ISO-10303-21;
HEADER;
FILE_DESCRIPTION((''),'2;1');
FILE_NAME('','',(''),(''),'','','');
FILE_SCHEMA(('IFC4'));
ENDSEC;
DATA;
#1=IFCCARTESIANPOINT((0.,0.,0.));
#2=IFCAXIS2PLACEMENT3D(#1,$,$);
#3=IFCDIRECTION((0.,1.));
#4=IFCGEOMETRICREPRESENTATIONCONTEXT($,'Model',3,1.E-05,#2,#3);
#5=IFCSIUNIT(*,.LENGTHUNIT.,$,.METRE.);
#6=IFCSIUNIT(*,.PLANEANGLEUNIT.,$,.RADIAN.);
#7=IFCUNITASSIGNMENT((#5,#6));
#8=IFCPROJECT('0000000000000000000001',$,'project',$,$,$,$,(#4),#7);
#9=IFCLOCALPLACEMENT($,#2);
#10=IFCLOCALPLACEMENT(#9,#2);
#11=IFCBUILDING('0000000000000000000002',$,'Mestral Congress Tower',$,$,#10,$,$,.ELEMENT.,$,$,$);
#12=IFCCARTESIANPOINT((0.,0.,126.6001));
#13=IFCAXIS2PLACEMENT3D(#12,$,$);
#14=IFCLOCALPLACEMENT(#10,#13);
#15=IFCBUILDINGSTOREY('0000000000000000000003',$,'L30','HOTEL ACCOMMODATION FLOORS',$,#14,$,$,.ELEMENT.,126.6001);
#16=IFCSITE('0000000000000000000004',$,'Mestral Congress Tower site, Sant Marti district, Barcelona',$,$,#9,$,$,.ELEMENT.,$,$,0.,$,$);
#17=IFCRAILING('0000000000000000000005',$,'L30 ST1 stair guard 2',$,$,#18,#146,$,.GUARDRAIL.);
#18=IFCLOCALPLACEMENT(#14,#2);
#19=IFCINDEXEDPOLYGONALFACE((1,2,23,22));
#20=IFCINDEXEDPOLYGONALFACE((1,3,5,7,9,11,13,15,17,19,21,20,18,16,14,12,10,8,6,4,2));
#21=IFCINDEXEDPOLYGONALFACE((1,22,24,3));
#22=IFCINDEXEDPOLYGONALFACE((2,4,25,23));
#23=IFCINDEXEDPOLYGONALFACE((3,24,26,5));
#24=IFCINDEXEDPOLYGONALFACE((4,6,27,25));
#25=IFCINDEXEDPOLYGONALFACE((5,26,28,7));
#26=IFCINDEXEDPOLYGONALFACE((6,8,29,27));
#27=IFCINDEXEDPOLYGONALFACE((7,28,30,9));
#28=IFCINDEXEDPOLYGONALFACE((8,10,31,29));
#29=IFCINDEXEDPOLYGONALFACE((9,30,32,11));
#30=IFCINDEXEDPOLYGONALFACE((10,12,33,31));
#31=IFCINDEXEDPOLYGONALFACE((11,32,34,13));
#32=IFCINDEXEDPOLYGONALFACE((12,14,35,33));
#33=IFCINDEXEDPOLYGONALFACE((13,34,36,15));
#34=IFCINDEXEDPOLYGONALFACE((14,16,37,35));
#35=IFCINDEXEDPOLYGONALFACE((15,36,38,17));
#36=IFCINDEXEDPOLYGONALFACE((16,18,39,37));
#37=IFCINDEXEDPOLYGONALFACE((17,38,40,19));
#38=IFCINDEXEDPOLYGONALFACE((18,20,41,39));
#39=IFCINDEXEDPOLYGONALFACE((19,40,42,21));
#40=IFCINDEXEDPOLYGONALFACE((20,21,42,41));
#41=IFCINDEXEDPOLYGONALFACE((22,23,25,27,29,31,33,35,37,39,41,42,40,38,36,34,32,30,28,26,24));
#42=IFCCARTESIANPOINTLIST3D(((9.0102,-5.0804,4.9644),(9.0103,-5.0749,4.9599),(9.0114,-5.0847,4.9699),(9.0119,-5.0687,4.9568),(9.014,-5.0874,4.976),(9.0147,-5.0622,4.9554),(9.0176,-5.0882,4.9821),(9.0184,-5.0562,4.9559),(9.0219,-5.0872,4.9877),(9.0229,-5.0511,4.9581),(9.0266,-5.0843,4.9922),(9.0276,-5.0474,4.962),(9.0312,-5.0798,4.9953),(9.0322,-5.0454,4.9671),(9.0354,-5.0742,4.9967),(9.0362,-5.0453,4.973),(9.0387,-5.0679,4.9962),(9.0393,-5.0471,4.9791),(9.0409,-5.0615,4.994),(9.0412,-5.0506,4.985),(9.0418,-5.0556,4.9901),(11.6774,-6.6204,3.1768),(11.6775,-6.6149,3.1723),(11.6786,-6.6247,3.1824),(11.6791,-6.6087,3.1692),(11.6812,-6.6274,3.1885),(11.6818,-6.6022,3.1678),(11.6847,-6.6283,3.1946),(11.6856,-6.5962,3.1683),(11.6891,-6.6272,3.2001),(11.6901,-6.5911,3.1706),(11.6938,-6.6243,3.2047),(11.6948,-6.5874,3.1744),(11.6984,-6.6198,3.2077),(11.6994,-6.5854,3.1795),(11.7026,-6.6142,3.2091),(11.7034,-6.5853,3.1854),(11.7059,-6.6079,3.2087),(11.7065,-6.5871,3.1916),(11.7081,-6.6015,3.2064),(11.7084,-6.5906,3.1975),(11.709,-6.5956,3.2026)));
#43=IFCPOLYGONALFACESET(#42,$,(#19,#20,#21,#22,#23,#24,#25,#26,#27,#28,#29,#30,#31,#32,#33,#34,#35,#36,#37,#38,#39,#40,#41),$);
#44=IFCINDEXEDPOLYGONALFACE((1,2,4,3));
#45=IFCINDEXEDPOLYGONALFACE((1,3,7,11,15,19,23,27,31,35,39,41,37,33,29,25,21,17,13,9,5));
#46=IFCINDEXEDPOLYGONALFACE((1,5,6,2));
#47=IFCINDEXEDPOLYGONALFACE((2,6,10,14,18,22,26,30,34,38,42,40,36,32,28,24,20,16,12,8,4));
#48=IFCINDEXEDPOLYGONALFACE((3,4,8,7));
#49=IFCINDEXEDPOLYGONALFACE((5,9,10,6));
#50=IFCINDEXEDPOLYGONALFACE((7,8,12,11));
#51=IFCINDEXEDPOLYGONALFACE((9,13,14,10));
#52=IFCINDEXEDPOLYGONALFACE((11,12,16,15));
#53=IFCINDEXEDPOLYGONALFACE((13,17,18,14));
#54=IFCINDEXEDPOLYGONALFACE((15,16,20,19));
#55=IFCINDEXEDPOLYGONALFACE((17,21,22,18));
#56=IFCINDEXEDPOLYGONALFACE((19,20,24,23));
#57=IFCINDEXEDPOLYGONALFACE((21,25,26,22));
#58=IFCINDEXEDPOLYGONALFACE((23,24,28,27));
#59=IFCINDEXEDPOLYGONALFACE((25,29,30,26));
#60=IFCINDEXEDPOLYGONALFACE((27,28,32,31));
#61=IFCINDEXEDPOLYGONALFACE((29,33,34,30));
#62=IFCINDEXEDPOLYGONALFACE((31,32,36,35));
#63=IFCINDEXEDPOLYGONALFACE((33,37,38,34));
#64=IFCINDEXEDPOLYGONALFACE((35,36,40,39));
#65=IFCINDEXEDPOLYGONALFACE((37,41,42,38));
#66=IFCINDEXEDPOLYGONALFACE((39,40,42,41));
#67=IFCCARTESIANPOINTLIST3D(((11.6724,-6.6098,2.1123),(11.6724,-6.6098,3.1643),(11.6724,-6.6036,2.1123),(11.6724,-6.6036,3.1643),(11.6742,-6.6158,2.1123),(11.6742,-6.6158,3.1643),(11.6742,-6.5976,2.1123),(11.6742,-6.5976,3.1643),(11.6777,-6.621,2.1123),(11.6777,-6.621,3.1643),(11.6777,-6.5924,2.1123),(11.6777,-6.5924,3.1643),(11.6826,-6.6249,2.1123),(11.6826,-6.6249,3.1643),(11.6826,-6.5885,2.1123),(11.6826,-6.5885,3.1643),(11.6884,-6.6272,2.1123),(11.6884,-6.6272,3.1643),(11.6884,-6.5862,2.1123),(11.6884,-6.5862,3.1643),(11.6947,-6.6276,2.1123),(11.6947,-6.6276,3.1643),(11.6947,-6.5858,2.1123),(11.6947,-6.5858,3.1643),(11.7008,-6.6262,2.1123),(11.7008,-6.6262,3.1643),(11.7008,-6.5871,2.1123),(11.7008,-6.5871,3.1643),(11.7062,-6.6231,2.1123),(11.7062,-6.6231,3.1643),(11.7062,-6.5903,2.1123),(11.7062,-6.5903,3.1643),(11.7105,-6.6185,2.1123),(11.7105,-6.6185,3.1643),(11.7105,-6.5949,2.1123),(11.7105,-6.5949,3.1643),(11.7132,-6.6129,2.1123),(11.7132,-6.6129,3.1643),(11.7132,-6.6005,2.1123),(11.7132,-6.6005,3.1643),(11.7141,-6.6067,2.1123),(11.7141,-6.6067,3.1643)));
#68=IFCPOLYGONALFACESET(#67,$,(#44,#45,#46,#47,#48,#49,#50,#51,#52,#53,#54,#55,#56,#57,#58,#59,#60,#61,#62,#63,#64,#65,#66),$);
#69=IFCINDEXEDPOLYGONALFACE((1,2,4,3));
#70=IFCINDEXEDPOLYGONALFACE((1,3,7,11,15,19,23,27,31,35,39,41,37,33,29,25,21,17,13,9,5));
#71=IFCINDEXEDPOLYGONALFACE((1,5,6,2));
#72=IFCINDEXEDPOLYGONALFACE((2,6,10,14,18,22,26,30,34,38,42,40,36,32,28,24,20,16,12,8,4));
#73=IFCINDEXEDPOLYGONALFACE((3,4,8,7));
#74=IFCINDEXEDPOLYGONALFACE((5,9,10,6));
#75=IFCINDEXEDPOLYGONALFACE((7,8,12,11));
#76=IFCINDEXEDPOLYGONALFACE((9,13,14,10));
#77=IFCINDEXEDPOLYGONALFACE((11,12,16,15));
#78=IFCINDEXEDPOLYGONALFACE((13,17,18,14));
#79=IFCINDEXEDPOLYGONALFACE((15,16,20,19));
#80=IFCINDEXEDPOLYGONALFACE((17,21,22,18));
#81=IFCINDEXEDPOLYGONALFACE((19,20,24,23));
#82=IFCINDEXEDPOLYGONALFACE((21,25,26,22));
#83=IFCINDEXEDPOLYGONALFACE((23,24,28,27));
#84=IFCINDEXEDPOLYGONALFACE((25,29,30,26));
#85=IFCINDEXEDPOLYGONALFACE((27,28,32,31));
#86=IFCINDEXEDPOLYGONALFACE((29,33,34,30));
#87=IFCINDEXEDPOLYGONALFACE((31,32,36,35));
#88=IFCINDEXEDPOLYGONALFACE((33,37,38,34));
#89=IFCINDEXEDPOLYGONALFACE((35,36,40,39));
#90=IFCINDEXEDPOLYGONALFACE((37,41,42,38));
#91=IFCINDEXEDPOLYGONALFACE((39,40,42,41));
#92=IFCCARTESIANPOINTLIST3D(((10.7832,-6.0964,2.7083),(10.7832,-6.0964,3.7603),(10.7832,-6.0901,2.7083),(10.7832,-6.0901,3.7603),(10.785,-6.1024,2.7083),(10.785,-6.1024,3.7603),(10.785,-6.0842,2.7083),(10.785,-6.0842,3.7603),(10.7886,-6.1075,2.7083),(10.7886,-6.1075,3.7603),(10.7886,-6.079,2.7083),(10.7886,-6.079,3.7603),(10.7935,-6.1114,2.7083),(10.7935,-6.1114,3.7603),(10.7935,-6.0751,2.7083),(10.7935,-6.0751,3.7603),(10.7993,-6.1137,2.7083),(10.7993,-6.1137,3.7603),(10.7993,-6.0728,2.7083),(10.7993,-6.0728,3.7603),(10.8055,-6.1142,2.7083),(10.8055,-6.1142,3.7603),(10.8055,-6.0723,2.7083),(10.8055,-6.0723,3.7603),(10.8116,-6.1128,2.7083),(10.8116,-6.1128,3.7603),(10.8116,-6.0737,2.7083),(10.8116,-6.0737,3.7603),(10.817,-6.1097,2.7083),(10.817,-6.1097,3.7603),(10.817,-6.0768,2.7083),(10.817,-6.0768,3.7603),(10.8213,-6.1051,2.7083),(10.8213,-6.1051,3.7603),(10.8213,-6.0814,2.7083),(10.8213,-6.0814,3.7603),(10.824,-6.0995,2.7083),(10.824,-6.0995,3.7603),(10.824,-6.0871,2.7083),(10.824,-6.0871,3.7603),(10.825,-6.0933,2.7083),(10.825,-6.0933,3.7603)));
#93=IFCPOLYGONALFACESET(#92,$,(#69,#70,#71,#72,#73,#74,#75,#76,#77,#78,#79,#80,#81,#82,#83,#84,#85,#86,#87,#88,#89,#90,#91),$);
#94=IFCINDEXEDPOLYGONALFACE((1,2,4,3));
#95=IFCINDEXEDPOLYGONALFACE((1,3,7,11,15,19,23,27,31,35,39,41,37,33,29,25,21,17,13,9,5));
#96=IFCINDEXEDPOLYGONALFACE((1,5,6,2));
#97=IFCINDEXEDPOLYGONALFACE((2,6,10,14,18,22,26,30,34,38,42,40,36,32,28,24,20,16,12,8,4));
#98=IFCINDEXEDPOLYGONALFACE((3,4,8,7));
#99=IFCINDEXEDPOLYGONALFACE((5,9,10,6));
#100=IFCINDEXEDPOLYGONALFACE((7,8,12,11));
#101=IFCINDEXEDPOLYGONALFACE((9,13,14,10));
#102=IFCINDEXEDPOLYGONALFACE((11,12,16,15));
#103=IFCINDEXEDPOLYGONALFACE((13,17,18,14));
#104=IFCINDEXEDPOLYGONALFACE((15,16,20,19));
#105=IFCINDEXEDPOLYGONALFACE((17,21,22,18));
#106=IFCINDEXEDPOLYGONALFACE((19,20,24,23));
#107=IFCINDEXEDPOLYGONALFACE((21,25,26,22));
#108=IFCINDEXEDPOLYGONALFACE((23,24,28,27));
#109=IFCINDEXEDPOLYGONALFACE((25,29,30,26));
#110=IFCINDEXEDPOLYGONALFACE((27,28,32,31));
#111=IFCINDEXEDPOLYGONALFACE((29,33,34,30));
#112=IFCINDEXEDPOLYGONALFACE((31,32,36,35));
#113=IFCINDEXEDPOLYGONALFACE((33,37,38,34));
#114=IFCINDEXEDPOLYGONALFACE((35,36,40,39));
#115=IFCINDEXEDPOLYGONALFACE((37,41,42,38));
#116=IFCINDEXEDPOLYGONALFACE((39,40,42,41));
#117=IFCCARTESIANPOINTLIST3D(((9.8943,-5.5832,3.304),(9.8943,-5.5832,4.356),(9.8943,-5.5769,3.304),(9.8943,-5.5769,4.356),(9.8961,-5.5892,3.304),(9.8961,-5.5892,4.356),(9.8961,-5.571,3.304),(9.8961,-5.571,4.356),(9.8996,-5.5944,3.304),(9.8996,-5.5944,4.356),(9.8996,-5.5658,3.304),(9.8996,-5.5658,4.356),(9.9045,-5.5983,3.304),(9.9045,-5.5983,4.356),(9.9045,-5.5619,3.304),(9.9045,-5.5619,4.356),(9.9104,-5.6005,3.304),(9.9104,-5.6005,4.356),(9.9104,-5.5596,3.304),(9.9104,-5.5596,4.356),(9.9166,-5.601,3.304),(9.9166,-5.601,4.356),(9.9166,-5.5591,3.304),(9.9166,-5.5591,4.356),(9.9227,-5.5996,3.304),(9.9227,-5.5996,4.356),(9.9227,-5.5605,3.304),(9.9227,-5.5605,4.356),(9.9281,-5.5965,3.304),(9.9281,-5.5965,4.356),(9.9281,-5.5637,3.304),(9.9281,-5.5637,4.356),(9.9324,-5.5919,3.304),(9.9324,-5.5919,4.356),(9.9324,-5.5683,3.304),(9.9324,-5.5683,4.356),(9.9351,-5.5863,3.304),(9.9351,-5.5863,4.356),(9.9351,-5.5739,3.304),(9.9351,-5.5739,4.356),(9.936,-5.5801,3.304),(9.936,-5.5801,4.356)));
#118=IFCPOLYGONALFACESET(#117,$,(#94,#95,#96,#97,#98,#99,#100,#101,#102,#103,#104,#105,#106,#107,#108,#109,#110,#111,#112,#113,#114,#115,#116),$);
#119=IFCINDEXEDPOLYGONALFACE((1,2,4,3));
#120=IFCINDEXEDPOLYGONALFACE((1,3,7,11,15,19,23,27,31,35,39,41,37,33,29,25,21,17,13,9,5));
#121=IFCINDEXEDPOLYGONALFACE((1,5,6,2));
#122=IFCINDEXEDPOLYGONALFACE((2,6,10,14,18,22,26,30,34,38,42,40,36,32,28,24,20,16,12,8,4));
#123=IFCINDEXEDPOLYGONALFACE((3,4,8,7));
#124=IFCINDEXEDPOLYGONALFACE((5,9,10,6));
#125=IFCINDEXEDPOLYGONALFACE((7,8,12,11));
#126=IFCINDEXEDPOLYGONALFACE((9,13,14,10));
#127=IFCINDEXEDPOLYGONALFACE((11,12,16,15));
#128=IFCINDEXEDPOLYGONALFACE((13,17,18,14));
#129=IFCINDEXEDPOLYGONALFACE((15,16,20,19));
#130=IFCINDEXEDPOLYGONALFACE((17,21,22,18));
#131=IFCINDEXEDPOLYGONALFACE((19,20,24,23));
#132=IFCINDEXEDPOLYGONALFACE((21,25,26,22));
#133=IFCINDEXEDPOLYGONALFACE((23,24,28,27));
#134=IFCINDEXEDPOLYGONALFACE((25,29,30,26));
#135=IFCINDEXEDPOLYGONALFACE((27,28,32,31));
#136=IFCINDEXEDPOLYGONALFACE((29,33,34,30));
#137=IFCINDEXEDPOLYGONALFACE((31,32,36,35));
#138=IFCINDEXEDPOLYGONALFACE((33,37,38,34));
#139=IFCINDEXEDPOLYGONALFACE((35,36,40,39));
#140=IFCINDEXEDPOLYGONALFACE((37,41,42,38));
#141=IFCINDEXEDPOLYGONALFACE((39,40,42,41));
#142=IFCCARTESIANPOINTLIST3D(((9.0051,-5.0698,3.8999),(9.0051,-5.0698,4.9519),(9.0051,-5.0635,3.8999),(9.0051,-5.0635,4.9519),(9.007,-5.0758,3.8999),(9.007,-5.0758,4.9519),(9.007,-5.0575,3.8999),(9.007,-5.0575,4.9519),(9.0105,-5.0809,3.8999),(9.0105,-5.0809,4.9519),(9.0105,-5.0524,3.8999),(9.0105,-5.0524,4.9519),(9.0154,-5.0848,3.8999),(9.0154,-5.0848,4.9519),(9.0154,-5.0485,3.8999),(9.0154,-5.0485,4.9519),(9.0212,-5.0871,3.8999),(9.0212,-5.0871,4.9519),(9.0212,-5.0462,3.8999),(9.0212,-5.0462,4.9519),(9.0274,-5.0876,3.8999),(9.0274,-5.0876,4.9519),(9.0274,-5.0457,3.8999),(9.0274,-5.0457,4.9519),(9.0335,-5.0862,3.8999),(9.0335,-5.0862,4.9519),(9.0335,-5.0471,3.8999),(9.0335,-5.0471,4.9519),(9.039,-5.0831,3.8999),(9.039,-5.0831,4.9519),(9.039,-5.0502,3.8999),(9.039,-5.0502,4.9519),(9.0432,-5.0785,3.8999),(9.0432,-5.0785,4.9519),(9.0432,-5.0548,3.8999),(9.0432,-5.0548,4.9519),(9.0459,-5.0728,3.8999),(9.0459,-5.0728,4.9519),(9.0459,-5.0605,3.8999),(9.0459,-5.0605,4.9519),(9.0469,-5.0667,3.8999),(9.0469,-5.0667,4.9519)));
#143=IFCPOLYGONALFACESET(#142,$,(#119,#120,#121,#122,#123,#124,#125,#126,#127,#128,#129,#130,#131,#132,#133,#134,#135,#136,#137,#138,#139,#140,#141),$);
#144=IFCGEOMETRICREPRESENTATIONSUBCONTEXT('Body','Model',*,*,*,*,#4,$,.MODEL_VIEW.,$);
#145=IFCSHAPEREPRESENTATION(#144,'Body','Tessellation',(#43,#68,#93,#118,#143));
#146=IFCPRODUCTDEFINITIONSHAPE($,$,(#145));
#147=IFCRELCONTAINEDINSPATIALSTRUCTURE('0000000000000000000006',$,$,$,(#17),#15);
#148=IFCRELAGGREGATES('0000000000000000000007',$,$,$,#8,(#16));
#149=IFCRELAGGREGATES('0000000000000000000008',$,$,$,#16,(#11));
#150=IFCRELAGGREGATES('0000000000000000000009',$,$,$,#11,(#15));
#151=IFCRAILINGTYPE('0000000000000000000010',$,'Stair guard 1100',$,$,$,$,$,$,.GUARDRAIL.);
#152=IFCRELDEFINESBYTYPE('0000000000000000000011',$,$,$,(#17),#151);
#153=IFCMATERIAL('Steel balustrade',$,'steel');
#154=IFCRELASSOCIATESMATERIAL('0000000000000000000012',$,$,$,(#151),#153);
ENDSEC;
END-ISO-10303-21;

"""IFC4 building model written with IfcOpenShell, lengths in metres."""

from ifc_helpers import new_model, si_unit, direction, frame, origin, origin_2d, place, context, subcontext, project, spatial, circle, extrude, material, type_object, element, save


model = new_model("IFC4")

# Units and contexts
model_context = context("Model", 3, precision=1e-05, world=origin(), true_north=direction((0.0, 1.0)))
body_context = subcontext(model_context, "Body", "Model", "MODEL_VIEW")
ifc_project = project(units=[si_unit("LENGTHUNIT", "METRE"), si_unit("PLANEANGLEUNIT", "RADIAN")], contexts=[model_context])

# Site, building, storey
site_placement = place(None, origin())
site = spatial("IfcSite", under=ifc_project, at=site_placement, Name="Mestral Congress Tower site, Sant Marti district, Barcelona", CompositionType="ELEMENT", RefElevation=0.0)
building_placement = place(site_placement, origin())
building = spatial("IfcBuilding", under=site, at=building_placement, Name="Mestral Congress Tower", CompositionType="ELEMENT")
storey_placement = place(building_placement, frame((0.0, 0.0, 126.6001)))
storey = spatial("IfcBuildingStorey", under=building, at=storey_placement, Name="L30", Description="HOTEL ACCOMMODATION FLOORS", CompositionType="ELEMENT", Elevation=126.6001)

# Railing
ifc_material_1 = material(Name="Steel balustrade", Category="steel")
railing_type_1 = type_object("IfcRailingType", Name="Stair guard 1100", PredefinedType="GUARDRAIL", material=ifc_material_1)
railing_1_placement = place(storey_placement, frame((11.6931, -6.6067, 2.1123)))
element("IfcRailing", 1, at=railing_1_placement, inside=storey, type_object=railing_type_1, Name="L30 ST1 stair guard 2", PredefinedType="GUARDRAIL", context=body_context, shape_type="SweptSolid", body=[
    extrude(circle(Radius=0.0239, at=origin_2d()), frame((0.0, 0.0, 1.0762), z_axis=(-0.748994, 0.432463, 0.50198), x_axis=(-0.500027, -0.86601, 0.0)), (0.0, 0.0, 1.0), 3.561),
    extrude(circle(Radius=0.021, at=origin_2d()), origin(), (0.0, 0.0, 1.0), 1.052),
    extrude(circle(Radius=0.021, at=origin_2d()), frame((-0.8892, 0.5134, 0.5959)), (0.0, 0.0, 1.0), 1.052),
    extrude(circle(Radius=0.021, at=origin_2d()), frame((-1.7781, 1.0266, 1.1917)), (0.0, 0.0, 1.0), 1.052),
    extrude(circle(Radius=0.021, at=origin_2d()), frame((-2.6672, 1.54, 1.7876)), (0.0, 0.0, 1.0), 1.052),
])

save(model, "model.ifc")
